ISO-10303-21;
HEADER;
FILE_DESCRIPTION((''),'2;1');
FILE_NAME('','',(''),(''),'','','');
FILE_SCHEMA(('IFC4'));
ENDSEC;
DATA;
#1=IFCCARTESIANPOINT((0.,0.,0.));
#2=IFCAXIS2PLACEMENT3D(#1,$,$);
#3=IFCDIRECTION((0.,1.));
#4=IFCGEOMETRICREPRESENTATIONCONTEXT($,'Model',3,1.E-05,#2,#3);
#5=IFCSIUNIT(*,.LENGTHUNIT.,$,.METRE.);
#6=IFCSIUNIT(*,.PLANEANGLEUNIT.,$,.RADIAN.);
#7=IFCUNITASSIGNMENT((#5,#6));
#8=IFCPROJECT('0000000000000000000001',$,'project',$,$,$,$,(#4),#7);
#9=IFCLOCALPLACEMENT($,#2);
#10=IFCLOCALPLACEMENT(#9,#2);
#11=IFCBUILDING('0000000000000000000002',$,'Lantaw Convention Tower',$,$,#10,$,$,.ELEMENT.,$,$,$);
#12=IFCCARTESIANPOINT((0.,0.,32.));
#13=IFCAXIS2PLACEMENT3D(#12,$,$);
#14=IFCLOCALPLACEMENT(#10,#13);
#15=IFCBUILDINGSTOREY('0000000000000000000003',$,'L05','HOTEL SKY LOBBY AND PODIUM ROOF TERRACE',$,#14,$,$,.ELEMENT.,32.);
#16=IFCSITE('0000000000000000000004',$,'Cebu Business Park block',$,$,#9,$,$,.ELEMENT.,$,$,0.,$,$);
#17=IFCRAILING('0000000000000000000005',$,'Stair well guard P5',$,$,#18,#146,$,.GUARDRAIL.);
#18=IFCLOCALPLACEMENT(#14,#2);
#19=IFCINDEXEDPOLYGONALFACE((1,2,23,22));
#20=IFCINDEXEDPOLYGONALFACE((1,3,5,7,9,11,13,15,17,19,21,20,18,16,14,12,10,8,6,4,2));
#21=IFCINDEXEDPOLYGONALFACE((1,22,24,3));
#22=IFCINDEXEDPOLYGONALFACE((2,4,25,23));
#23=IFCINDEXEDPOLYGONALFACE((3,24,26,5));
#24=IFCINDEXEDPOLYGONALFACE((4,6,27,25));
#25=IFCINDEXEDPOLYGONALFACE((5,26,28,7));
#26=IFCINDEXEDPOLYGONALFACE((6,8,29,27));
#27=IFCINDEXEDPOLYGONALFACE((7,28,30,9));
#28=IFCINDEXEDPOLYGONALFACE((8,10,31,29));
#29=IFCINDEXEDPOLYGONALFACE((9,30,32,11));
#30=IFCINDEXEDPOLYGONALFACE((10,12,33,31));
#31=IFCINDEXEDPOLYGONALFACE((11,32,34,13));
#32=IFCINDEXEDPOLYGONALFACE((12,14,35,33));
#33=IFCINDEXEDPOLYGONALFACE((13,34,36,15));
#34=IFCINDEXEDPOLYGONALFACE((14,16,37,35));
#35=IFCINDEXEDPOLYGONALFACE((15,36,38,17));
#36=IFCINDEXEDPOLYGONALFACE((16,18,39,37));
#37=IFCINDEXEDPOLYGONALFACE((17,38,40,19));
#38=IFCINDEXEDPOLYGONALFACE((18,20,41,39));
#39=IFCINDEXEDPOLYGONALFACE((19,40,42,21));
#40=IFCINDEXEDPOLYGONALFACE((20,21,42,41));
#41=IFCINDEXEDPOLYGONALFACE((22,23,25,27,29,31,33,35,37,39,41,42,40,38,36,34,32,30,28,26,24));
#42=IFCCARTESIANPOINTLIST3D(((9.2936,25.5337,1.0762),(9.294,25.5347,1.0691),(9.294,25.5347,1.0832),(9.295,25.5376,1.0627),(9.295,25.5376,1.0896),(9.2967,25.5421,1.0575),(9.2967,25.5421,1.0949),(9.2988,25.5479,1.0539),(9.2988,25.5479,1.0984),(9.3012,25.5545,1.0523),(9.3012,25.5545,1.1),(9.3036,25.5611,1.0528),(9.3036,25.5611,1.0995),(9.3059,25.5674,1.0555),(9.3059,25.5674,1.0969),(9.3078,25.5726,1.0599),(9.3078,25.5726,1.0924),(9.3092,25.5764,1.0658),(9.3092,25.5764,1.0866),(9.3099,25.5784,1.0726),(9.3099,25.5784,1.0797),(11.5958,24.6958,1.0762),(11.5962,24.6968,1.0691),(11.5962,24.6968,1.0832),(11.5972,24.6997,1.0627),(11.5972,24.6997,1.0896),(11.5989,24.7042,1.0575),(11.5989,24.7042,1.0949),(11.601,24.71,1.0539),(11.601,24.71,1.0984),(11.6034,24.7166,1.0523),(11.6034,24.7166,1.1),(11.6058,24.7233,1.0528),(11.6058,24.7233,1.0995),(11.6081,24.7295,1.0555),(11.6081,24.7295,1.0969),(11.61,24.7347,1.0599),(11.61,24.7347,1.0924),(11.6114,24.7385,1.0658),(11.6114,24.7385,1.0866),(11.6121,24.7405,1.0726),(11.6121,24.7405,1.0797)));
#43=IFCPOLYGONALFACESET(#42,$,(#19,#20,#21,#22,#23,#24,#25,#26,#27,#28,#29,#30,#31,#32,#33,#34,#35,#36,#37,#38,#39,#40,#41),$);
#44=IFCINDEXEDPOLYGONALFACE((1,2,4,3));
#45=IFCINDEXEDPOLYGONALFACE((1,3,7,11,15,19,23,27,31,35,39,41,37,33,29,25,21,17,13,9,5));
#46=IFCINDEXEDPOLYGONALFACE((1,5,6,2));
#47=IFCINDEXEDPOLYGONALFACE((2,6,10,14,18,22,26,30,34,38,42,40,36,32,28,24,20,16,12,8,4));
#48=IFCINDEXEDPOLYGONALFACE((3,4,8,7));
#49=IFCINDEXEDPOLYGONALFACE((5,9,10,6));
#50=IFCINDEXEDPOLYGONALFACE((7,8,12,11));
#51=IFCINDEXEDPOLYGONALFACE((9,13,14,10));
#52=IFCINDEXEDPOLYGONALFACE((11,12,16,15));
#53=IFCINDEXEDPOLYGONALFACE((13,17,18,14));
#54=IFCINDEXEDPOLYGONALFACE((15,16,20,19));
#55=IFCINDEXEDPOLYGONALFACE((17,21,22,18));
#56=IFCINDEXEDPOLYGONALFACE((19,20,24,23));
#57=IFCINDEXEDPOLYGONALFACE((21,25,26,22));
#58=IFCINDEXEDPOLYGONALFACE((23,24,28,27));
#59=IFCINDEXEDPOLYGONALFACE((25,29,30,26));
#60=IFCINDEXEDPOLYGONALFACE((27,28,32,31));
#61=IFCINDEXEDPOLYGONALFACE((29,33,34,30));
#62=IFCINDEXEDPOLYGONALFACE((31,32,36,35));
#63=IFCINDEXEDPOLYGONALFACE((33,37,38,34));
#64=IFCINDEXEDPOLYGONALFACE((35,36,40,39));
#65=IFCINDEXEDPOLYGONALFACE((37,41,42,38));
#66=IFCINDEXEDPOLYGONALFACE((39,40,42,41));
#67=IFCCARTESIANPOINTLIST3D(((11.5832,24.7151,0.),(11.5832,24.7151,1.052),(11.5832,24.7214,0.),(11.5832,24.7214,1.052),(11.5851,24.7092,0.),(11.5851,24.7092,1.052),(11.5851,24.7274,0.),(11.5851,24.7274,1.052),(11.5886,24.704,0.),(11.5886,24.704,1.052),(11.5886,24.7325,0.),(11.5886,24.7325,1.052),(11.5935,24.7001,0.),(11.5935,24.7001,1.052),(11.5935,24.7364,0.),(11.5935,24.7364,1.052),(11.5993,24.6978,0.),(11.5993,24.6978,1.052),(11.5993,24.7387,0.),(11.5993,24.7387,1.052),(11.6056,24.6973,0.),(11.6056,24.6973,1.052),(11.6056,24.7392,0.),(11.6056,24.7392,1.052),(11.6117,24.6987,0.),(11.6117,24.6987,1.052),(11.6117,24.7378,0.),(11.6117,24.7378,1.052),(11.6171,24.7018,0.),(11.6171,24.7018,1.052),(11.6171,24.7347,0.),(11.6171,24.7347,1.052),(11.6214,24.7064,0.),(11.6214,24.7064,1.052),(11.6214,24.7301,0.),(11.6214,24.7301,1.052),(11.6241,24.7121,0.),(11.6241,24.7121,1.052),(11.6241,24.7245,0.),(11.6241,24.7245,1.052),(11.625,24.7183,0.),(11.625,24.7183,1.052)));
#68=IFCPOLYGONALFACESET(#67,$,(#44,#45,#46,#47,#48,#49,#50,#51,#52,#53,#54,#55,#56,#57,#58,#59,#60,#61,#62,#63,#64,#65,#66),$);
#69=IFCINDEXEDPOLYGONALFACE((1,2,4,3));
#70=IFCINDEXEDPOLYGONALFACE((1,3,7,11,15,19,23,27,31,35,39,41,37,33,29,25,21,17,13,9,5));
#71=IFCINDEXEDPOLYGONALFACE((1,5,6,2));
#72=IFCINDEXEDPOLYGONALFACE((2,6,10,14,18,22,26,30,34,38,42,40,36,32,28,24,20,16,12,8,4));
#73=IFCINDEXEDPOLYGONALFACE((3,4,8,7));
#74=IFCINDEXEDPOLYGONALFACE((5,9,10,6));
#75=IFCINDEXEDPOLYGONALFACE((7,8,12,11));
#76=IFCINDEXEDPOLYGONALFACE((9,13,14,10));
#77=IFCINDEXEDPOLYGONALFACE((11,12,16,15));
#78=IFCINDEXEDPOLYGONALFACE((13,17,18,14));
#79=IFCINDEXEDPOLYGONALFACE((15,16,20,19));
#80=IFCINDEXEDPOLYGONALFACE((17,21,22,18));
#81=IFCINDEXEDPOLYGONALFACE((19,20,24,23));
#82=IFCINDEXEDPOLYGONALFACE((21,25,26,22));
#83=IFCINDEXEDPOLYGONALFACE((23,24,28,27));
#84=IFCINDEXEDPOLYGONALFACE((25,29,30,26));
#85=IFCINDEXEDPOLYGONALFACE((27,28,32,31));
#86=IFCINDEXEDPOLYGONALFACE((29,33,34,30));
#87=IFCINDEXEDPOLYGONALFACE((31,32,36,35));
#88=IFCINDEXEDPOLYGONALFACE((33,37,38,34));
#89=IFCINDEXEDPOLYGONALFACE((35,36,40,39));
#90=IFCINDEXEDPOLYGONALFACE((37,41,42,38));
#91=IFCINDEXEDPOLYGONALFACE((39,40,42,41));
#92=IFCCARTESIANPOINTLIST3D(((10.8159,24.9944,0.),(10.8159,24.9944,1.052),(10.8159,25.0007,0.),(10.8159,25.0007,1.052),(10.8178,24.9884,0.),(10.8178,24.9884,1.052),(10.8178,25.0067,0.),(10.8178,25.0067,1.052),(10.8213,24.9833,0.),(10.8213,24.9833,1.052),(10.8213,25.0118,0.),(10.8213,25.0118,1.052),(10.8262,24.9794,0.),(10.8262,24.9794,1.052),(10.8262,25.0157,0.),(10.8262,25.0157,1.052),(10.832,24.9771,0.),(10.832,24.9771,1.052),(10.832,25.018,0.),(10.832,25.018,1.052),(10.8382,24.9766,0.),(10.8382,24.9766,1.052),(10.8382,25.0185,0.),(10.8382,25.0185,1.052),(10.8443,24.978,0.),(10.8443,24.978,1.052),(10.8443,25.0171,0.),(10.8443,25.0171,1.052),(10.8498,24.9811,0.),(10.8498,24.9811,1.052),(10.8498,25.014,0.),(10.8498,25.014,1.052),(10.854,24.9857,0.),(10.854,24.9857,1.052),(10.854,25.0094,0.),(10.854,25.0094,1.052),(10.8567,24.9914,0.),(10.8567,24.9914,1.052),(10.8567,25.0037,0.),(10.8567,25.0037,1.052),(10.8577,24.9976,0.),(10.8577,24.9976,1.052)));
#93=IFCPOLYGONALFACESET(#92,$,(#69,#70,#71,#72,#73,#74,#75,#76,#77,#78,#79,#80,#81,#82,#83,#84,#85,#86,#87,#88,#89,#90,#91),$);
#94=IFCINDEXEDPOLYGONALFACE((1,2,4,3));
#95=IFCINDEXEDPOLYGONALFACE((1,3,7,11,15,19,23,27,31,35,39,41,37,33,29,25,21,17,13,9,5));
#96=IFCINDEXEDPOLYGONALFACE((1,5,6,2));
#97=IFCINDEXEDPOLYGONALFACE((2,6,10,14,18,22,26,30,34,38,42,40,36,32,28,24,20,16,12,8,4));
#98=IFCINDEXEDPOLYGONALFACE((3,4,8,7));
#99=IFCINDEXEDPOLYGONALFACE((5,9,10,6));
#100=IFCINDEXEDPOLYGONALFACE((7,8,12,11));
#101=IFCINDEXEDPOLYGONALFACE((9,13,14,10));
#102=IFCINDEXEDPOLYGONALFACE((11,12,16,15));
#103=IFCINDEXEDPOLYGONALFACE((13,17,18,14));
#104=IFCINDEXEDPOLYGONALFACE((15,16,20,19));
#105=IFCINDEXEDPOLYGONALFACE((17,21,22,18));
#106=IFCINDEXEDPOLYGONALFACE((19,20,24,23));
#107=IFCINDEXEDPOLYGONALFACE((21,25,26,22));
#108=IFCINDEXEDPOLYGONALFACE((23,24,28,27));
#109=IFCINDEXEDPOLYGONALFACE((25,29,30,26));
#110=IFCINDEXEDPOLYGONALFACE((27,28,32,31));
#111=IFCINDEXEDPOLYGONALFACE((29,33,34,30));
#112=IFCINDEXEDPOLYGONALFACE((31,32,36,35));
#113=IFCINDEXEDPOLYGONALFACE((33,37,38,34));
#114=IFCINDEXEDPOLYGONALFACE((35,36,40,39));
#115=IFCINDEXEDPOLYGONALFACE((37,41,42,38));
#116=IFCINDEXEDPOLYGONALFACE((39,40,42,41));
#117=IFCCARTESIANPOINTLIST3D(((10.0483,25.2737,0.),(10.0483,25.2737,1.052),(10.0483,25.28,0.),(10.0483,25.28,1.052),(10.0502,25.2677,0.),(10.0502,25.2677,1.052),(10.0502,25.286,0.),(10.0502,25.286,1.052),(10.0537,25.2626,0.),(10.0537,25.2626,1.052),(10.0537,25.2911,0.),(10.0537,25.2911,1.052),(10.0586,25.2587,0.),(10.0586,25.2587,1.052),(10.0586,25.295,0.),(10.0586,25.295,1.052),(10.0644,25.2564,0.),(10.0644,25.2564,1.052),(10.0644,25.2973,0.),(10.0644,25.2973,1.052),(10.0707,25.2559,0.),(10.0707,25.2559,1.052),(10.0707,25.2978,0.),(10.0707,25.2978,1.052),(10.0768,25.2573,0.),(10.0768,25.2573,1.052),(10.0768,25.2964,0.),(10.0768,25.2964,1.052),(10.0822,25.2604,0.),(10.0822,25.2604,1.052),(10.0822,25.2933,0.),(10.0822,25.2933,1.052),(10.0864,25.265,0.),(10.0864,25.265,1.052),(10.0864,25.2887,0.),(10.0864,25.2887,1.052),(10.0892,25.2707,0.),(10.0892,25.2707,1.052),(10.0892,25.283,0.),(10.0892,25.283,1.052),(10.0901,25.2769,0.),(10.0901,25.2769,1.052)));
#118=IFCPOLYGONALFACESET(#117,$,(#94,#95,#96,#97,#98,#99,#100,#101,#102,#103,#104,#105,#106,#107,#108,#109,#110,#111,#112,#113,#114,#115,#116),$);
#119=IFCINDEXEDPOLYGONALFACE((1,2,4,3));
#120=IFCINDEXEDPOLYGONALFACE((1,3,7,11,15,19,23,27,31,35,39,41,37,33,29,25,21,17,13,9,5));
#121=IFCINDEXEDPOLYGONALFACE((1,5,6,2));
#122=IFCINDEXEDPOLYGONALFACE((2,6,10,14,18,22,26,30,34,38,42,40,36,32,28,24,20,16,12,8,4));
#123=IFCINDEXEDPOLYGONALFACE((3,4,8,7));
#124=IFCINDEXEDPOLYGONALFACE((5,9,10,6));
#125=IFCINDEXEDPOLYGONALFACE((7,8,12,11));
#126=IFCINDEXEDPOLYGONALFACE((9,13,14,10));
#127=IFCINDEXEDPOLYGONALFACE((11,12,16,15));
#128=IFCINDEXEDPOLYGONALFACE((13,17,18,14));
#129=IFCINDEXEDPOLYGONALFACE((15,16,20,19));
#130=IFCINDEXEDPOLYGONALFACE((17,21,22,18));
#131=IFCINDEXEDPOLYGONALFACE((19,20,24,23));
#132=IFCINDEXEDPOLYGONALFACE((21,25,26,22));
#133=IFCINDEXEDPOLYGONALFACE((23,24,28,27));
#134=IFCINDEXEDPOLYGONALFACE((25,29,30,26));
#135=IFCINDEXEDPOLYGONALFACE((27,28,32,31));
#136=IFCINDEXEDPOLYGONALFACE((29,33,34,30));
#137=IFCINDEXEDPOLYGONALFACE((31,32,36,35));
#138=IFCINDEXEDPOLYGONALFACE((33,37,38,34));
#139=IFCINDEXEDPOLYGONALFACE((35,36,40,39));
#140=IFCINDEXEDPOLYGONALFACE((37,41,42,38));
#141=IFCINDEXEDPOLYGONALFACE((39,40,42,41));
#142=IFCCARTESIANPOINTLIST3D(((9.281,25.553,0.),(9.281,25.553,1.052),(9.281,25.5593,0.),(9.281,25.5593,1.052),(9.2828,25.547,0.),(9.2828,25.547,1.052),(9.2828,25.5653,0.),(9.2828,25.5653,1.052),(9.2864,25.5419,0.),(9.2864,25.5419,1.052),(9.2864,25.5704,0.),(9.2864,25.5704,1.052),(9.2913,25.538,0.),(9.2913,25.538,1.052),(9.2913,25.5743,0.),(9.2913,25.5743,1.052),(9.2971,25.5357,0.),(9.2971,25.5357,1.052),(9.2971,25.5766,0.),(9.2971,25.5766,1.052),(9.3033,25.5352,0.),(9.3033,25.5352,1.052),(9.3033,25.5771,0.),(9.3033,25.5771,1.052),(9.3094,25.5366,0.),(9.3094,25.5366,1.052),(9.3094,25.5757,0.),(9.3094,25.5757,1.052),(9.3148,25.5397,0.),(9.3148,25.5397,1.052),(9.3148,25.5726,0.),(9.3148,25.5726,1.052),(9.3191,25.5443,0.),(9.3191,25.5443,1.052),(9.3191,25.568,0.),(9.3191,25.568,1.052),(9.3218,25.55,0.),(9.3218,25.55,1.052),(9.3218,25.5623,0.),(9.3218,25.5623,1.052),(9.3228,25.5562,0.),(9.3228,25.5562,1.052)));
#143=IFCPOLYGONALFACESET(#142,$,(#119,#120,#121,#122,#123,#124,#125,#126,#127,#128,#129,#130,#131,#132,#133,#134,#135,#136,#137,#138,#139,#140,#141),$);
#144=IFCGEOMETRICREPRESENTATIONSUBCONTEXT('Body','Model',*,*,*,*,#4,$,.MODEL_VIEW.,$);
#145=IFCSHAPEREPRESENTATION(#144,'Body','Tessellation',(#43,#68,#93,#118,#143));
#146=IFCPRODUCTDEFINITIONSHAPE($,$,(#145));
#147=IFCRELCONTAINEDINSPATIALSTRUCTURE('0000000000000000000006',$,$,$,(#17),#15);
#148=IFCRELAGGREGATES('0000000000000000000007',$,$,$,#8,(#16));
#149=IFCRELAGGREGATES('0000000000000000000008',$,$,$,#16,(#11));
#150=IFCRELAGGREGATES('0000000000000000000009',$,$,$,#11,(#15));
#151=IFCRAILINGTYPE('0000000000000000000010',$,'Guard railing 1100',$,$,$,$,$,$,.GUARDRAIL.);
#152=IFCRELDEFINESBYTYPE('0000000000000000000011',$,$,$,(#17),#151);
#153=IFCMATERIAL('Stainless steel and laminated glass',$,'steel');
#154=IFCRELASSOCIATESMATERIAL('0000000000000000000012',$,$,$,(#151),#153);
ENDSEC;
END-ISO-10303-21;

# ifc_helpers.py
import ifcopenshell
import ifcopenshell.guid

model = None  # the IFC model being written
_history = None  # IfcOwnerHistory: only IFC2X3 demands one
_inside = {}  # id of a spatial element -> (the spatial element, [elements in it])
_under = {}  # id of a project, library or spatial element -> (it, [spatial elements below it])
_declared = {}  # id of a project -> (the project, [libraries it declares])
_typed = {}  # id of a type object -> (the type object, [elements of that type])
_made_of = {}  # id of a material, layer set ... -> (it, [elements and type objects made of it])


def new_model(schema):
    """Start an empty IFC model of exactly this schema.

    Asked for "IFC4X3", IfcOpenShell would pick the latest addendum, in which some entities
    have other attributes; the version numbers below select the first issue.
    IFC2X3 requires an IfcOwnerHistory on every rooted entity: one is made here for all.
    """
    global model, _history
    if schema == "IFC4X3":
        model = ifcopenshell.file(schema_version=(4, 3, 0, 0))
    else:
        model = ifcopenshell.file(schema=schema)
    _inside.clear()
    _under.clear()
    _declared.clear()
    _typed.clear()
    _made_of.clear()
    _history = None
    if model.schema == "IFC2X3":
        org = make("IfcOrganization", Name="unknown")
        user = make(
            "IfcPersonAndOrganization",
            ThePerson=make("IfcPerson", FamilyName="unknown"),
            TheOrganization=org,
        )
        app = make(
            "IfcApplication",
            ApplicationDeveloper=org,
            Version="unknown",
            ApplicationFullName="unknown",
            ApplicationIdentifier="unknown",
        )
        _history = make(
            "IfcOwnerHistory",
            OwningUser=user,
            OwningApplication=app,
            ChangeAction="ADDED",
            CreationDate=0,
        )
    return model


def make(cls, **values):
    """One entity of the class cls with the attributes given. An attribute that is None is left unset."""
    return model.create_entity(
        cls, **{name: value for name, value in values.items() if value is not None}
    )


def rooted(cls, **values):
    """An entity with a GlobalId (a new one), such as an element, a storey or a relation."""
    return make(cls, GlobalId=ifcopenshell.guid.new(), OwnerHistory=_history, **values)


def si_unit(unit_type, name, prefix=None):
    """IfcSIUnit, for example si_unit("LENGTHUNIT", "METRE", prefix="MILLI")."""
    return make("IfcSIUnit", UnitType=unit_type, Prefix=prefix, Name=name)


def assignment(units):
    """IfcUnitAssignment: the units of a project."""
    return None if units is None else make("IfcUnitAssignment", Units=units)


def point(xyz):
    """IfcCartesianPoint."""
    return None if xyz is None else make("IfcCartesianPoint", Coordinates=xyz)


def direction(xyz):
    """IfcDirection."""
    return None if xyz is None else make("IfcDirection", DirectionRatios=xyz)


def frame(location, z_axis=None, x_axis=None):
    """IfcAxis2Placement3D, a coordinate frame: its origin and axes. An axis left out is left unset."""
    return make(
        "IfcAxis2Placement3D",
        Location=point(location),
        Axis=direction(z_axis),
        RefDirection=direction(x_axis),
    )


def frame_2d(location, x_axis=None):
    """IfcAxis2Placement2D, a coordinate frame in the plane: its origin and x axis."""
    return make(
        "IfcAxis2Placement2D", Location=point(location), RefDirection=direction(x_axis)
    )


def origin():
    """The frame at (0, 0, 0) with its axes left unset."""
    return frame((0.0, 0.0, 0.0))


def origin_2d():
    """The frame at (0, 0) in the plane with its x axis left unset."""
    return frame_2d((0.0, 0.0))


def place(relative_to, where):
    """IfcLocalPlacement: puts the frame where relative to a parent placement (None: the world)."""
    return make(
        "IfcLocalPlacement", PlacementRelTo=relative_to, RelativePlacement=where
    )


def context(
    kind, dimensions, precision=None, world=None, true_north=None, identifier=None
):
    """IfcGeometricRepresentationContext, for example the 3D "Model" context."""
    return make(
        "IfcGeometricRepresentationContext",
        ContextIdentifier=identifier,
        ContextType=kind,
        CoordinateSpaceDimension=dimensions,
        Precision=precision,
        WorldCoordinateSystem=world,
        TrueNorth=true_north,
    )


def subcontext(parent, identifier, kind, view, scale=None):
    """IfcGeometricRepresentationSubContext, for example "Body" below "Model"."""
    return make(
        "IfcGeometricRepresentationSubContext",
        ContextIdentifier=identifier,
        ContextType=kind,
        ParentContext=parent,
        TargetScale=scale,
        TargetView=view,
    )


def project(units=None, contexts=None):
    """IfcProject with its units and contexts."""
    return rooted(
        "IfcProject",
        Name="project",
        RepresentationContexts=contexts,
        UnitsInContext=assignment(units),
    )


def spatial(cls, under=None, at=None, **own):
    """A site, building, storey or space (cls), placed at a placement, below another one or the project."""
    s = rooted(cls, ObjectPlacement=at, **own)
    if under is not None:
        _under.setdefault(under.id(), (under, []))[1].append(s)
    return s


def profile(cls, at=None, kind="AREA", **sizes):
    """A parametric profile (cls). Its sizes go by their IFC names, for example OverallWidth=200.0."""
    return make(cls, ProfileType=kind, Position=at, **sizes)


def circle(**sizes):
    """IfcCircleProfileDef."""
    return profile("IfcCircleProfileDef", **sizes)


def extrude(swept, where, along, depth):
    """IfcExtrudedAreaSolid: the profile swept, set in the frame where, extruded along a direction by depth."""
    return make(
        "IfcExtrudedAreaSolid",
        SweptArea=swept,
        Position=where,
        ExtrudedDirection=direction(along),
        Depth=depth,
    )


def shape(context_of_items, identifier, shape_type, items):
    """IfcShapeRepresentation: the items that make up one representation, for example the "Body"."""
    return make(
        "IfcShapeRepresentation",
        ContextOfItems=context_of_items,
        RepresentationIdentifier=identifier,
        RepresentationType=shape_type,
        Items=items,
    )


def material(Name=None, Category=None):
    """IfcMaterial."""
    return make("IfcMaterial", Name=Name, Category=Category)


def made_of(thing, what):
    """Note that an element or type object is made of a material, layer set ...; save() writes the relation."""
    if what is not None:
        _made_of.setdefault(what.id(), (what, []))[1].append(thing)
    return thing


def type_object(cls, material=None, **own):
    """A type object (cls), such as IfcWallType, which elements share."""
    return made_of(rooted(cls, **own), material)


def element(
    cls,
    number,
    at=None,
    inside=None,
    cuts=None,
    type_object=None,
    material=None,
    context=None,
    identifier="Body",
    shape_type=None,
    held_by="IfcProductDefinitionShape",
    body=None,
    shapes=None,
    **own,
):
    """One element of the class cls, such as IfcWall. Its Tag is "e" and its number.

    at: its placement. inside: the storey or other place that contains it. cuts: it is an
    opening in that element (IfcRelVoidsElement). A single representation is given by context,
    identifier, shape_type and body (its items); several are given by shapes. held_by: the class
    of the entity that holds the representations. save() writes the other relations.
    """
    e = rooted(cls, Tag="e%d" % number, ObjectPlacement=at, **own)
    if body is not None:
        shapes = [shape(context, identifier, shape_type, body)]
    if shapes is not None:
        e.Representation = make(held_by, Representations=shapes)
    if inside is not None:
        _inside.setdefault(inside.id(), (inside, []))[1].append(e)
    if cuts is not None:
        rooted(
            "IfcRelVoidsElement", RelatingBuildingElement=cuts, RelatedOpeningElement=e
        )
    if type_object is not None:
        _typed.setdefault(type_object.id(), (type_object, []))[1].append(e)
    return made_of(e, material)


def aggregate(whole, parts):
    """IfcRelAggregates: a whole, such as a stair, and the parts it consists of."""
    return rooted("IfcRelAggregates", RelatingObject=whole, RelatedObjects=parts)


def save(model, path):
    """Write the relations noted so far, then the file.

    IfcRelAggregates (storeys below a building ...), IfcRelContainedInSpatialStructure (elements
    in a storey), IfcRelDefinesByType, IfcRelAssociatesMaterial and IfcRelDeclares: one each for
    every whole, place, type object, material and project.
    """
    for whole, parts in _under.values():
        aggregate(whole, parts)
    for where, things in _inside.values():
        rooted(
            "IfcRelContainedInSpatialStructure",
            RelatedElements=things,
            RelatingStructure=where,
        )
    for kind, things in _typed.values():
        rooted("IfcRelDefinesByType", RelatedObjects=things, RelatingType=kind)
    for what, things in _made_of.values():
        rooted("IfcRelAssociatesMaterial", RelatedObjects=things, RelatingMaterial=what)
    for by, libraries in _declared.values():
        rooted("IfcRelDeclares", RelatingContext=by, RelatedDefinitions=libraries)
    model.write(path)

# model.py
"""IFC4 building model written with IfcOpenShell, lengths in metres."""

from ifc_helpers import new_model, si_unit, direction, frame, origin, origin_2d, place, context, subcontext, project, spatial, circle, extrude, material, type_object, element, save


model = new_model("IFC4")

# Units and contexts
model_context = context("Model", 3, precision=1e-05, world=origin(), true_north=direction((0.0, 1.0)))
body_context = subcontext(model_context, "Body", "Model", "MODEL_VIEW")
ifc_project = project(units=[si_unit("LENGTHUNIT", "METRE"), si_unit("PLANEANGLEUNIT", "RADIAN")], contexts=[model_context])

# Site, building, storey
site_placement = place(None, origin())
site = spatial("IfcSite", under=ifc_project, at=site_placement, Name="Cebu Business Park block", CompositionType="ELEMENT", RefElevation=0.0)
building_placement = place(site_placement, origin())
building = spatial("IfcBuilding", under=site, at=building_placement, Name="Lantaw Convention Tower", CompositionType="ELEMENT")
storey_placement = place(building_placement, frame((0.0, 0.0, 32.0)))
storey = spatial("IfcBuildingStorey", under=building, at=storey_placement, Name="L05", Description="HOTEL SKY LOBBY AND PODIUM ROOF TERRACE", CompositionType="ELEMENT", Elevation=32.0)

# Railing
ifc_material_1 = material(Name="Stainless steel and laminated glass", Category="steel")
railing_type_1 = type_object("IfcRailingType", Name="Guard railing 1100", PredefinedType="GUARDRAIL", material=ifc_material_1)
railing_1_placement = place(storey_placement, frame((11.604, 24.7183, 0.0)))
element("IfcRailing", 1, at=railing_1_placement, inside=storey, type_object=railing_type_1, Name="Stair well guard P5", PredefinedType="GUARDRAIL", context=body_context, shape_type="SweptSolid", body=[
    extrude(circle(Radius=0.0239, at=origin_2d()), frame((0.0, 0.0, 1.0762), z_axis=(-0.9397, 0.341999, 0.0), x_axis=(-0.341999, -0.9397, 0.0)), (0.0, 0.0, 1.0), 2.45),
    extrude(circle(Radius=0.021, at=origin_2d()), origin(), (0.0, 0.0, 1.0), 1.052),
    extrude(circle(Radius=0.021, at=origin_2d()), frame((-0.7673, 0.2793, 0.0)), (0.0, 0.0, 1.0), 1.052),
    extrude(circle(Radius=0.021, at=origin_2d()), frame((-1.5349, 0.5586, 0.0)), (0.0, 0.0, 1.0), 1.052),
    extrude(circle(Radius=0.021, at=origin_2d()), frame((-2.3022, 0.8379, 0.0)), (0.0, 0.0, 1.0), 1.052),
])

save(model, "model.ifc")
